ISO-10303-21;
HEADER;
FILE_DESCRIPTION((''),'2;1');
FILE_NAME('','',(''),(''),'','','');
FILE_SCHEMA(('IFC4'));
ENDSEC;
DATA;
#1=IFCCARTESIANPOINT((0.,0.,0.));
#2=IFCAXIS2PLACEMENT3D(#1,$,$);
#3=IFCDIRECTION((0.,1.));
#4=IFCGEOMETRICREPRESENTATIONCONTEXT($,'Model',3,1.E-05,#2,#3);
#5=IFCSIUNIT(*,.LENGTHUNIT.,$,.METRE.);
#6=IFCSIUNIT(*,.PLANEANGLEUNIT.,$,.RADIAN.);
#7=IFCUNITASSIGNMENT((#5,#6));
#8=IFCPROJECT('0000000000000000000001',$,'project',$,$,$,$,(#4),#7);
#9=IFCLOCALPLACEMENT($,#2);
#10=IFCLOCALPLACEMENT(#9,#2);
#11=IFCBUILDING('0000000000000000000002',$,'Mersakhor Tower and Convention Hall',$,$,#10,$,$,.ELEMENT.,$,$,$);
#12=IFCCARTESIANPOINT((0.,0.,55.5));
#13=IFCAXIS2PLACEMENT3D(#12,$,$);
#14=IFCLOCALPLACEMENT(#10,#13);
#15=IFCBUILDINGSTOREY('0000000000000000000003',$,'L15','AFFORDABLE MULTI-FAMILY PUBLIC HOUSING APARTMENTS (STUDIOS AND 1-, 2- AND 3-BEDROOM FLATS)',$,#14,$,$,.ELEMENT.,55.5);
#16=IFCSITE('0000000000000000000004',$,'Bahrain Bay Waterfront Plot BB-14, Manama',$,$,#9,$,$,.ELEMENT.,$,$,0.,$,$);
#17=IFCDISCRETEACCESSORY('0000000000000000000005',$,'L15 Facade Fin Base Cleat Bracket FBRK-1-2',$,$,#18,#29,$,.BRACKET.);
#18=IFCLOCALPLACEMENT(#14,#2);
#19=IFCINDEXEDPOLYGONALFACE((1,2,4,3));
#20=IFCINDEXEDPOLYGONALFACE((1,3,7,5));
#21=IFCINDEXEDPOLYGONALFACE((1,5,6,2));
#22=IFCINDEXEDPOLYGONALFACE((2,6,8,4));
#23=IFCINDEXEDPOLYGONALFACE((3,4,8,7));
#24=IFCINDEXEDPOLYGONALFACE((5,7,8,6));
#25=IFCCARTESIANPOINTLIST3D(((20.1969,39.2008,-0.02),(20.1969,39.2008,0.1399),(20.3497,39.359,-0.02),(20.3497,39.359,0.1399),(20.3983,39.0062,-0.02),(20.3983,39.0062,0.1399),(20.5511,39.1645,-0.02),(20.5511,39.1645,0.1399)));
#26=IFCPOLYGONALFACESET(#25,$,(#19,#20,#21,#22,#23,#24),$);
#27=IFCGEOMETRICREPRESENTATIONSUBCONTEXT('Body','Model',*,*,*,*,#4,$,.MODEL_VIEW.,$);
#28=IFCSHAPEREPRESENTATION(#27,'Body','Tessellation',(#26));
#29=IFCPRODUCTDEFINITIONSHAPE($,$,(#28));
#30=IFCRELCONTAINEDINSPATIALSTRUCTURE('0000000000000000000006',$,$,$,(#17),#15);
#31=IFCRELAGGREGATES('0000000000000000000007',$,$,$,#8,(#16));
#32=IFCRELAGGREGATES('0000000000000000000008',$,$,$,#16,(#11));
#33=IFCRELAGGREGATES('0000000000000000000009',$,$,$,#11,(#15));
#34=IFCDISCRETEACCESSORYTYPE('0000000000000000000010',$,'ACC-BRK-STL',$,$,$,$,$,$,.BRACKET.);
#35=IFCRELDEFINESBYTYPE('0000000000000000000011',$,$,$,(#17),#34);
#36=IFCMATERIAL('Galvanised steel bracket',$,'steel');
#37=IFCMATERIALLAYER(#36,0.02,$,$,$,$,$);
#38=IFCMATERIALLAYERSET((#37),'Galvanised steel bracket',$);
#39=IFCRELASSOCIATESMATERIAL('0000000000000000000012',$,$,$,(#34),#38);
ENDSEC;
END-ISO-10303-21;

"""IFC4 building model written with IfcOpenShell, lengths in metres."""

from ifc_helpers import new_model, si_unit, direction, frame, origin, origin_2d, place, context, subcontext, project, spatial, rectangle, extrude, material, layer, layer_set, type_object, element, save


model = new_model("IFC4")

# Units and contexts
model_context = context("Model", 3, precision=1e-05, world=origin(), true_north=direction((0.0, 1.0)))
body_context = subcontext(model_context, "Body", "Model", "MODEL_VIEW")
ifc_project = project(units=[si_unit("LENGTHUNIT", "METRE"), si_unit("PLANEANGLEUNIT", "RADIAN")], contexts=[model_context])

# Site, building, storey
site_placement = place(None, origin())
site = spatial("IfcSite", under=ifc_project, at=site_placement, Name="Bahrain Bay Waterfront Plot BB-14, Manama", CompositionType="ELEMENT", RefElevation=0.0)
building_placement = place(site_placement, origin())
building = spatial("IfcBuilding", under=site, at=building_placement, Name="Mersakhor Tower and Convention Hall", CompositionType="ELEMENT")
storey_placement = place(building_placement, frame((0.0, 0.0, 55.5)))
storey = spatial("IfcBuildingStorey", under=building, at=storey_placement, Name="L15", Description="AFFORDABLE MULTI-FAMILY PUBLIC HOUSING APARTMENTS (STUDIOS AND 1-, 2- AND 3-BEDROOM FLATS)", CompositionType="ELEMENT", Elevation=55.5)

# Discrete accessory
ifc_material_1 = material(Name="Galvanised steel bracket", Category="steel")
ifc_layer_1 = layer(ifc_material_1, 0.02)
ifc_layer_set_1 = layer_set([ifc_layer_1], Name="Galvanised steel bracket")
discrete_accessory_type = type_object("IfcDiscreteAccessoryType", Name="ACC-BRK-STL", PredefinedType="BRACKET", material=ifc_layer_set_1)
discrete_accessory_1_placement = place(storey_placement, frame((20.374, 39.1826, -0.02), z_axis=(0.0, 0.0, 1.0), x_axis=(-0.71934, 0.694658, 0.0)))
element("IfcDiscreteAccessory", 1, at=discrete_accessory_1_placement, inside=storey, type_object=discrete_accessory_type, Name="L15 Facade Fin Base Cleat Bracket FBRK-1-2", PredefinedType="BRACKET", context=body_context, shape_type="SweptSolid", body=[
    extrude(rectangle(XDim=0.28, YDim=0.22, at=origin_2d()), origin(), (0.0, 0.0, 1.0), 0.1599),
])

save(model, "model.ifc")
